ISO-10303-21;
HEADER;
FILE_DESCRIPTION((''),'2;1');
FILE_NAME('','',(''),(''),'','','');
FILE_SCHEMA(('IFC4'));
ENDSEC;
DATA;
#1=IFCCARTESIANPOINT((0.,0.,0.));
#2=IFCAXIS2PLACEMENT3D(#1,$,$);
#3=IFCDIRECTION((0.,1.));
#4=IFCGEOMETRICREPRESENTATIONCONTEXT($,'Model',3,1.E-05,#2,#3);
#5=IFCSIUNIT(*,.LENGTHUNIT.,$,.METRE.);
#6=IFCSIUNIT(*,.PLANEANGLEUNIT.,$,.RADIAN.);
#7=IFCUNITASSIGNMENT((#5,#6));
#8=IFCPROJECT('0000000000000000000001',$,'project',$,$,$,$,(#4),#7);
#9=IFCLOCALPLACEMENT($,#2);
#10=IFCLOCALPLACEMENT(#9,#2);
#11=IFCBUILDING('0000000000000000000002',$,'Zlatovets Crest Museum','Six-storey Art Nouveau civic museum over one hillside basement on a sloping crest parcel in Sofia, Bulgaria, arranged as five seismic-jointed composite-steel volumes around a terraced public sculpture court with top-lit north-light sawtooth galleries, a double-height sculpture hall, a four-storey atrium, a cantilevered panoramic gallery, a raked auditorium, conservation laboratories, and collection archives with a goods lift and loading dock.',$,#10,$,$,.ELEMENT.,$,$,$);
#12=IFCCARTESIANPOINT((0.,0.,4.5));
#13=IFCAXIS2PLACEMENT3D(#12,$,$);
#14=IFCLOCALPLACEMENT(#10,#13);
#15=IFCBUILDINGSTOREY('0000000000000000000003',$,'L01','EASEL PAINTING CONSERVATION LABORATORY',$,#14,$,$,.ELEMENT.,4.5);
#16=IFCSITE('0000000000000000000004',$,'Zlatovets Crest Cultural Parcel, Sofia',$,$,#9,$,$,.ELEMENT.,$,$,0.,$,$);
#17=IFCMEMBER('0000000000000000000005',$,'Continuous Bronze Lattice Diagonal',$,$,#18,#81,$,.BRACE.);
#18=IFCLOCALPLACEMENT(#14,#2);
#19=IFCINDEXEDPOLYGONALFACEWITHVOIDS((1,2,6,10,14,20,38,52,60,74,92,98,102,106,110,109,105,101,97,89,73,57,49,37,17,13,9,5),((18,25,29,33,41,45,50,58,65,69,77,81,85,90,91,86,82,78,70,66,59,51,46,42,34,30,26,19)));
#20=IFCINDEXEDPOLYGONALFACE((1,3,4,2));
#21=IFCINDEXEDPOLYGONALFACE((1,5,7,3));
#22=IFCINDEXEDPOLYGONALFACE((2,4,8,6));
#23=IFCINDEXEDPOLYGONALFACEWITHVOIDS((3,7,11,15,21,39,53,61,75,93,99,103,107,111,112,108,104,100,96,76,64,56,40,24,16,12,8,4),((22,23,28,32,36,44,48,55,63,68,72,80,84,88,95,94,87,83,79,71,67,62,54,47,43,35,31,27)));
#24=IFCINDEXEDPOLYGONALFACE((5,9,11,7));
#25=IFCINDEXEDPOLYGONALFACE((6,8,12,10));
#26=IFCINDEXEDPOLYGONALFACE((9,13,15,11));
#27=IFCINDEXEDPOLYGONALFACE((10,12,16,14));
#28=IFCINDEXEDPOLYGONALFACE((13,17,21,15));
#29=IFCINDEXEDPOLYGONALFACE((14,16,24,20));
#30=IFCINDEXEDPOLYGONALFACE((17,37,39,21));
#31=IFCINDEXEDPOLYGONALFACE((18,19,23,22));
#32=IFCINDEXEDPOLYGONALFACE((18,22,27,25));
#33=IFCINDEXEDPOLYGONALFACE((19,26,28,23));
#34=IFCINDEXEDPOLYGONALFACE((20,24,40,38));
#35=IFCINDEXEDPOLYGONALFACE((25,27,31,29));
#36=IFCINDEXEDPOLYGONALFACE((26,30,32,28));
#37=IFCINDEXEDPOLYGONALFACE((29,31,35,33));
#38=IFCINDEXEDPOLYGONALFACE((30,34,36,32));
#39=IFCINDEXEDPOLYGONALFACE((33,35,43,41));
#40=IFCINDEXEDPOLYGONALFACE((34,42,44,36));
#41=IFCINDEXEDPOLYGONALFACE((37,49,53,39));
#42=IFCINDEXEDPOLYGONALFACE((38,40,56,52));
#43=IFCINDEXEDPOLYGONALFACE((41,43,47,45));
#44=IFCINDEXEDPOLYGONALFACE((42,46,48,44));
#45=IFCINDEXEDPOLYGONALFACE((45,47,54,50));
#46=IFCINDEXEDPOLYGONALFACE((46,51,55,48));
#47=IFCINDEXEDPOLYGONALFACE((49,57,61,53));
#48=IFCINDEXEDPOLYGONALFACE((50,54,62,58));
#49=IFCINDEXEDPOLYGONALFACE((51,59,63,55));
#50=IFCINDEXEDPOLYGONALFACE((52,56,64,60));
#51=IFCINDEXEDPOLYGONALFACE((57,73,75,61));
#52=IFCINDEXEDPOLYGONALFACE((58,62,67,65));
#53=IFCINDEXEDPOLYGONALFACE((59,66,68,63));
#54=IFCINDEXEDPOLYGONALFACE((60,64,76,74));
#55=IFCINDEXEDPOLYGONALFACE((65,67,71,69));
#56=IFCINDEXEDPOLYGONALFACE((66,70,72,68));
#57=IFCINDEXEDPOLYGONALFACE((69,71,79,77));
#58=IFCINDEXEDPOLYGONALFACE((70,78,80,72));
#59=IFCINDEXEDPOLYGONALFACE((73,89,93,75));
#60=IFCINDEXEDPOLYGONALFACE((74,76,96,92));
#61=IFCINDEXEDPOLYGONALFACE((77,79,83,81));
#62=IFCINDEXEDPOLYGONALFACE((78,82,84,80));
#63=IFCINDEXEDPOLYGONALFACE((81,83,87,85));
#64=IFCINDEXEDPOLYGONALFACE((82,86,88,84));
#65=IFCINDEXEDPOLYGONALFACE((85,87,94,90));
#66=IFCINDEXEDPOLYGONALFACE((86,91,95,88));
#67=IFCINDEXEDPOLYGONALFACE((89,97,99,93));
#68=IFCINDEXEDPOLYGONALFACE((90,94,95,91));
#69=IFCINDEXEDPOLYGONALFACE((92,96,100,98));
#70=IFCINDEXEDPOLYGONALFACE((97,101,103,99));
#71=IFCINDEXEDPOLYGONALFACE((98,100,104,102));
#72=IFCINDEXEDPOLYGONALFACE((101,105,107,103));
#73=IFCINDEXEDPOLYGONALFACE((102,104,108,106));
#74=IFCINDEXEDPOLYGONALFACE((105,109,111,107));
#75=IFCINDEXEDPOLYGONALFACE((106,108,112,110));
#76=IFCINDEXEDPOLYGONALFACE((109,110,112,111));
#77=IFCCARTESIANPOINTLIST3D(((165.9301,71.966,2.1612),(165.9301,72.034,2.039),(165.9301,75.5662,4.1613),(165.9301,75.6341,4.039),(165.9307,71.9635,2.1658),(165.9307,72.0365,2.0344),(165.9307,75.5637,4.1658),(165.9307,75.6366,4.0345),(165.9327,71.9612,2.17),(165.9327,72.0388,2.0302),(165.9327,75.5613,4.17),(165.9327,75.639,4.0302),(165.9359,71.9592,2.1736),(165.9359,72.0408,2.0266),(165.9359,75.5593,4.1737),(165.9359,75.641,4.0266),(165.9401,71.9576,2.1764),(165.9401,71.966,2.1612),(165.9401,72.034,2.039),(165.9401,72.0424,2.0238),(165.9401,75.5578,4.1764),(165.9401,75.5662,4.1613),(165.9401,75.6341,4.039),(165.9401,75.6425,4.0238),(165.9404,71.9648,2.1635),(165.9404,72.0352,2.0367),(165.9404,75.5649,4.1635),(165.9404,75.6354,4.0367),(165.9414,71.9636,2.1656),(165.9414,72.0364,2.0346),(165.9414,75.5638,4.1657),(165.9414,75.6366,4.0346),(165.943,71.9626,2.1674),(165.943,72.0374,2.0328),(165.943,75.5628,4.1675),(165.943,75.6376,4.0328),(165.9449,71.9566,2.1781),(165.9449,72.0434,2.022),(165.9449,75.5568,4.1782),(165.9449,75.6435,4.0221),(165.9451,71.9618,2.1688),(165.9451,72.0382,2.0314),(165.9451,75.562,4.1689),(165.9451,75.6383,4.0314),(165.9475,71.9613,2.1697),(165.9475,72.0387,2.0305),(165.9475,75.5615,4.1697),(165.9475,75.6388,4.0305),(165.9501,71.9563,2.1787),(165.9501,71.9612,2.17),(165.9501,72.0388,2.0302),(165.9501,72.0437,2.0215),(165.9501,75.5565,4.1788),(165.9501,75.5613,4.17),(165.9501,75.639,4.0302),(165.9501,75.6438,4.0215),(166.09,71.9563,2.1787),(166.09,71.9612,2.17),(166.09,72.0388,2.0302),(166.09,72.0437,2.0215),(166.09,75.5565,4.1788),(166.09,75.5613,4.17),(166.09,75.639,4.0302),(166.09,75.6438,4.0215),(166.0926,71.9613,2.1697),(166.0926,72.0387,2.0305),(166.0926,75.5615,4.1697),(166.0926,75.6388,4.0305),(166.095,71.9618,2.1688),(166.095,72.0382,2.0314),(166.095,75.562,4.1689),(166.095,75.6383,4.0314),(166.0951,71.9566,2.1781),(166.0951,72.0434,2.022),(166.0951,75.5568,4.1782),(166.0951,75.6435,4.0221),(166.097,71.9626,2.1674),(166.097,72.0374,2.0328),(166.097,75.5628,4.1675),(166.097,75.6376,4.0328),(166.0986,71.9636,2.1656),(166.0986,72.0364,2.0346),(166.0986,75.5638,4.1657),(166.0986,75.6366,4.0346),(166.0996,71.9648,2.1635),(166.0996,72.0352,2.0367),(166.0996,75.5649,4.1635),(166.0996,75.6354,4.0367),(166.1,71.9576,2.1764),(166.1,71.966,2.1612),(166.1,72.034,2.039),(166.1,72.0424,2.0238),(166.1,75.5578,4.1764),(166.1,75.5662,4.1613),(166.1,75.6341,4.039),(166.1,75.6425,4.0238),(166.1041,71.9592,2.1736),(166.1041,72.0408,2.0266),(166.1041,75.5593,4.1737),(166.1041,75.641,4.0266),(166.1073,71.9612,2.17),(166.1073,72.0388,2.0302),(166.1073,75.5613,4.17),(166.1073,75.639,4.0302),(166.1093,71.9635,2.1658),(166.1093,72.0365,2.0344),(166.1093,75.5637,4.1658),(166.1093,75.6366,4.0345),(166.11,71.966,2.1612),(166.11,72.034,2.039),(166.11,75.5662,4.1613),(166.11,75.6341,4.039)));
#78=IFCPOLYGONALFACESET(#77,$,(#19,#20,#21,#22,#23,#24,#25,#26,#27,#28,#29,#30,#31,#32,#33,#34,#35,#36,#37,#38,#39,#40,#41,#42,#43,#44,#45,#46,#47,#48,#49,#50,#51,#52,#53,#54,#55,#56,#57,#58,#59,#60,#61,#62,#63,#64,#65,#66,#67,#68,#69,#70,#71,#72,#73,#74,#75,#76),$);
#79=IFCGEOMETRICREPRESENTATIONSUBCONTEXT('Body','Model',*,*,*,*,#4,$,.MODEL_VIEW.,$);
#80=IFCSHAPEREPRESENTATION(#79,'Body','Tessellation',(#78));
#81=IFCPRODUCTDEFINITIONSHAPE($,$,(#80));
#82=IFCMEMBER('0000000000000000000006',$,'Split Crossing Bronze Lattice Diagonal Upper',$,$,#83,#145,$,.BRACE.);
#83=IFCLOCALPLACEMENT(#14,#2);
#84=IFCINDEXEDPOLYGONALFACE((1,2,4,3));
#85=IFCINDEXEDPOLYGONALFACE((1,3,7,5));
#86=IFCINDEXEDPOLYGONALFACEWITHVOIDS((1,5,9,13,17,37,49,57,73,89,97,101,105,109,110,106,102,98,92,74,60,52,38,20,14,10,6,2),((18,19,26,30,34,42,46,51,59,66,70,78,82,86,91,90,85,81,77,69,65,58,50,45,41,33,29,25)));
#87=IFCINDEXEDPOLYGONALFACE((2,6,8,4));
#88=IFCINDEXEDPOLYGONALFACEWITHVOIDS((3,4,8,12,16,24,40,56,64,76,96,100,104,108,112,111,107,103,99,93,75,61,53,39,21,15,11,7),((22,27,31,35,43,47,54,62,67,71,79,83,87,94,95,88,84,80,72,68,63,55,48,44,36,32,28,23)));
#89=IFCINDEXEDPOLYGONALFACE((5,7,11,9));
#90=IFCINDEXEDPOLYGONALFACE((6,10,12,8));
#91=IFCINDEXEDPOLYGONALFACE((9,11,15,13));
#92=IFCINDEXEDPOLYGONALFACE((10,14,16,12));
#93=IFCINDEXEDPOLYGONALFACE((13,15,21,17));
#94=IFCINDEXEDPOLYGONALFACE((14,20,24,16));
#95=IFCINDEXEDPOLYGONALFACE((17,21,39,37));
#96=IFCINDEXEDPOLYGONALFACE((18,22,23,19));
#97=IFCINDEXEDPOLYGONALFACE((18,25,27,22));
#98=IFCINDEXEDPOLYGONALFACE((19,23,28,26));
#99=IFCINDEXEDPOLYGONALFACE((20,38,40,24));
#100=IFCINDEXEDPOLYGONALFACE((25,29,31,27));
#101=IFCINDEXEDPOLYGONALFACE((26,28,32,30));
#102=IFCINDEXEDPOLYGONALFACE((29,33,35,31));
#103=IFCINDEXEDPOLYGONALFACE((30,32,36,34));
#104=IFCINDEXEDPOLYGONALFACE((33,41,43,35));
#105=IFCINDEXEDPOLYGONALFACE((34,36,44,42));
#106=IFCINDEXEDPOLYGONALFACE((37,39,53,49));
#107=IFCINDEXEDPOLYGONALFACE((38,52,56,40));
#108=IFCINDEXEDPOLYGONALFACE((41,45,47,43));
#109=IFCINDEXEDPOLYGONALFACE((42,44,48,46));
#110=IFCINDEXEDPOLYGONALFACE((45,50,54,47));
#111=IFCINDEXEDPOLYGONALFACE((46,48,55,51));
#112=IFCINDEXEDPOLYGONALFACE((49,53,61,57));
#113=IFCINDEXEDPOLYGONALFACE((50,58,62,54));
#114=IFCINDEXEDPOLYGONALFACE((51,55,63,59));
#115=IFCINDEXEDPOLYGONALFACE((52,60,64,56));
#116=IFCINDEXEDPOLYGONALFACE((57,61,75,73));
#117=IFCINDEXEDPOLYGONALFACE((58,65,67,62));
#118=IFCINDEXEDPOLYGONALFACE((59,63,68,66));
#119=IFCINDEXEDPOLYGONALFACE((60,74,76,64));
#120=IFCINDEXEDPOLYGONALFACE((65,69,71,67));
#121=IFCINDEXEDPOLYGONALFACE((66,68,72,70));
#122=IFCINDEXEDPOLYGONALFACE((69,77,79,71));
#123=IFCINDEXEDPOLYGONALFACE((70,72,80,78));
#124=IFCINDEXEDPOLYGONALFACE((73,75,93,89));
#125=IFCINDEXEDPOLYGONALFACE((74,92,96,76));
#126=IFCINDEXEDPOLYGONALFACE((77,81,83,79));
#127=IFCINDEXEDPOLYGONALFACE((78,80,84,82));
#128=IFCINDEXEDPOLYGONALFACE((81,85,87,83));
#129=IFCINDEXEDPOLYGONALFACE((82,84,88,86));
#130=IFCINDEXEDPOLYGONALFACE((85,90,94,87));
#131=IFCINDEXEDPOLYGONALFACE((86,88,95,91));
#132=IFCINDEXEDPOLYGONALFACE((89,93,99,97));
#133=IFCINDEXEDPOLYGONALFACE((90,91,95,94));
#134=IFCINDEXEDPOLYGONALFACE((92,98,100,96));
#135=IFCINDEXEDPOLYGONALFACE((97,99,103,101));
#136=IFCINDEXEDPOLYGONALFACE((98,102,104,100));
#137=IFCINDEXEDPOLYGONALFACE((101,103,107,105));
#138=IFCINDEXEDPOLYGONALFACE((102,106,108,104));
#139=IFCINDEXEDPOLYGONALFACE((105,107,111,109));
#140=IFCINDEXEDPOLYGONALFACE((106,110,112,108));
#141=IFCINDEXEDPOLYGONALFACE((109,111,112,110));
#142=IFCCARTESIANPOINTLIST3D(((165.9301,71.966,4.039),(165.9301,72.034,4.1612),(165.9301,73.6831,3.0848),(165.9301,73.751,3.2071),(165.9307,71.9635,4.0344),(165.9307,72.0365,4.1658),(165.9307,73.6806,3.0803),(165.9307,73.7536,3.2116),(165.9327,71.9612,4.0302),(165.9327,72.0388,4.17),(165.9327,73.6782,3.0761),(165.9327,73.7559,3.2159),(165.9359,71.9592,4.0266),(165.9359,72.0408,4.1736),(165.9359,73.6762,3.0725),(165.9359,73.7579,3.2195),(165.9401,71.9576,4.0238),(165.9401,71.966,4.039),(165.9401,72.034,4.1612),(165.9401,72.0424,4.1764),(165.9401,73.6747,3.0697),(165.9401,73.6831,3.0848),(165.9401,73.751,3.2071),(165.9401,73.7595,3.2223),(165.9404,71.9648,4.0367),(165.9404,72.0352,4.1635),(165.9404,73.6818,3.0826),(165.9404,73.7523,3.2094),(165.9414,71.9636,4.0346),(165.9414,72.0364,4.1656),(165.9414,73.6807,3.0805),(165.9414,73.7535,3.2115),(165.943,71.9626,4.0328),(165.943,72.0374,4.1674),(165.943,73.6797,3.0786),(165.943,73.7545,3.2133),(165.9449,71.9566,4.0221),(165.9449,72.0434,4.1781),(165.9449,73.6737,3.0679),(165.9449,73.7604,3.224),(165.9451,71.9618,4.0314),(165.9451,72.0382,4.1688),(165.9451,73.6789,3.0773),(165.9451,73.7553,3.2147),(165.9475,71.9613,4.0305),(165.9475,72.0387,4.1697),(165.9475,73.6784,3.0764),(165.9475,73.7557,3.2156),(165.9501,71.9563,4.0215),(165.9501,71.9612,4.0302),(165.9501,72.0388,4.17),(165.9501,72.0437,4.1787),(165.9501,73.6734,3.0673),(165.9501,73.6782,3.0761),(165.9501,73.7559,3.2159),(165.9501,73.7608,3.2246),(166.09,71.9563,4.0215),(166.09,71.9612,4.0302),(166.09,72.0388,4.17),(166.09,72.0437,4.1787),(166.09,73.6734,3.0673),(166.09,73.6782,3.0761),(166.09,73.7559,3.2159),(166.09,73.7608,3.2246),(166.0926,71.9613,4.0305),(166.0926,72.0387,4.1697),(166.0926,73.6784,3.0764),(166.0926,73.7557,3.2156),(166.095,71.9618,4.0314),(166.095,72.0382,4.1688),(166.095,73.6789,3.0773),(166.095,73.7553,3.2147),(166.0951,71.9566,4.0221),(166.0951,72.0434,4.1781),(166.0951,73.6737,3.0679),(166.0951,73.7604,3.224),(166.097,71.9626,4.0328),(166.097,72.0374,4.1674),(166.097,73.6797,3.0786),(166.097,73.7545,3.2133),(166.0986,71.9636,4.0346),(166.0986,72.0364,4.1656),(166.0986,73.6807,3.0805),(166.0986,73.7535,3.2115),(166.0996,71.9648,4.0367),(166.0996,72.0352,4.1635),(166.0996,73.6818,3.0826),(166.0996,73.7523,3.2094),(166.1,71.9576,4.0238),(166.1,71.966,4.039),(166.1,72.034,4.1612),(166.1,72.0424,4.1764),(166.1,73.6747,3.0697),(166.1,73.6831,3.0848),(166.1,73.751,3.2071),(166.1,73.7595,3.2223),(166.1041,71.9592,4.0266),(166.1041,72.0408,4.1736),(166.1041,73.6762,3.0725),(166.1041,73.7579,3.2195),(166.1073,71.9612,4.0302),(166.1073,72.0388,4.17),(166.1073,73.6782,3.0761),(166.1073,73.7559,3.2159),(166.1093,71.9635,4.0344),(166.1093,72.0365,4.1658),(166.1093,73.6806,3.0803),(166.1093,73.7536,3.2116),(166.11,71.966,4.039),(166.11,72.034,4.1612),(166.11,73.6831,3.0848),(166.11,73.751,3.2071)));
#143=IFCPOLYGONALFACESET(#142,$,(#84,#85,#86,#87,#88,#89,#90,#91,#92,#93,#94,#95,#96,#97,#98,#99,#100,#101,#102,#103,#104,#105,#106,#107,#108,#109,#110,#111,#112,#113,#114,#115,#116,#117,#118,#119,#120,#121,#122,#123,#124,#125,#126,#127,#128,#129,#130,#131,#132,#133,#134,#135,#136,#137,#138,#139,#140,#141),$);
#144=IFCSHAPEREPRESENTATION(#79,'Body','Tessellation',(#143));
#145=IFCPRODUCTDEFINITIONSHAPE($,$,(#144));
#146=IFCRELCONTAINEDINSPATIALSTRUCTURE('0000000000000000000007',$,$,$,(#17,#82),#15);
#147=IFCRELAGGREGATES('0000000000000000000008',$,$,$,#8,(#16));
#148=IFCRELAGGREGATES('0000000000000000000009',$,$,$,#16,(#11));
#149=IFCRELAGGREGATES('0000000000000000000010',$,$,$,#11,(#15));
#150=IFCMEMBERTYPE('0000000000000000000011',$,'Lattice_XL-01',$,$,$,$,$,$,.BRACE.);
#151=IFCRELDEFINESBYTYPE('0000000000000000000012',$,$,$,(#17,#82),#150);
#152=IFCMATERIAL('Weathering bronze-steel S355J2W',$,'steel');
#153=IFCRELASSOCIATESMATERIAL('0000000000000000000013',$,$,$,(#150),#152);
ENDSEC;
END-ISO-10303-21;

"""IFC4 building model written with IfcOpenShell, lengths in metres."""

from ifc_helpers import new_model, si_unit, direction, frame, origin, origin_2d, place, context, subcontext, project, spatial, hollow_rectangle, extrude, material, material_profile, profile_set, type_object, element, save


model = new_model("IFC4")

# Units and contexts
model_context = context("Model", 3, precision=1e-05, world=origin(), true_north=direction((0.0, 1.0)))
body_context = subcontext(model_context, "Body", "Model", "MODEL_VIEW")
ifc_project = project(units=[si_unit("LENGTHUNIT", "METRE"), si_unit("PLANEANGLEUNIT", "RADIAN")], contexts=[model_context])

# Site, building, storey
site_placement = place(None, origin())
site = spatial("IfcSite", under=ifc_project, at=site_placement, Name="Zlatovets Crest Cultural Parcel, Sofia", CompositionType="ELEMENT", RefElevation=0.0)
building_placement = place(site_placement, origin())
building = spatial("IfcBuilding", under=site, at=building_placement, Name="Zlatovets Crest Museum", Description="Six-storey Art Nouveau civic museum over one hillside basement on a sloping crest parcel in Sofia, Bulgaria, arranged as five seismic-jointed composite-steel volumes around a terraced public sculpture court with top-lit north-light sawtooth galleries, a double-height sculpture hall, a four-storey atrium, a cantilevered panoramic gallery, a raked auditorium, conservation laboratories, and collection archives with a goods lift and loading dock.", CompositionType="ELEMENT")
storey_placement = place(building_placement, frame((0.0, 0.0, 4.5)))
storey = spatial("IfcBuildingStorey", under=building, at=storey_placement, Name="L01", Description="EASEL PAINTING CONSERVATION LABORATORY", CompositionType="ELEMENT", Elevation=4.5)

# Members
ifc_material_1 = material(Name="Weathering bronze-steel S355J2W", Category="steel")
ifc_material_profile_1 = material_profile(ifc_material_1, hollow_rectangle(XDim=0.1799, YDim=0.1799, WallThickness=0.01, InnerFilletRadius=0.01, OuterFilletRadius=0.02, at=origin_2d()), Name="SHS 180x180x10.0")
ifc_profile_set_1 = profile_set([ifc_material_profile_1], Name="Weathering bronze-steel S355J2W")
member_type_1 = type_object("IfcMemberType", Name="Lattice_XL-01", PredefinedType="BRACE", material=ifc_profile_set_1)
member_1_placement = place(storey_placement, frame((166.02, 72.0, 2.1001), z_axis=(0.0, 0.874163, 0.485633), x_axis=(-1.0, 0.0, 0.0)))
element("IfcMember", 1, at=member_1_placement, inside=storey, type_object=member_type_1, Name="Continuous Bronze Lattice Diagonal", PredefinedType="BRACE", context=body_context, shape_type="SweptSolid", body=[
    extrude(hollow_rectangle(XDim=0.1799, YDim=0.1799, WallThickness=0.01, InnerFilletRadius=0.01, OuterFilletRadius=0.02, at=origin_2d()), origin(), (0.0, 0.0, 1.0), 4.1184),
])
member_2_placement = place(storey_placement, frame((166.02, 72.0, 4.1001), z_axis=(0.0, 0.874116, -0.485717), x_axis=(-1.0, 0.0, 0.0)))
element("IfcMember", 2, at=member_2_placement, inside=storey, type_object=member_type_1, Name="Split Crossing Bronze Lattice Diagonal Upper", PredefinedType="BRACE", context=body_context, shape_type="SweptSolid", body=[
    extrude(hollow_rectangle(XDim=0.1799, YDim=0.1799, WallThickness=0.01, InnerFilletRadius=0.01, OuterFilletRadius=0.02, at=origin_2d()), origin(), (0.0, 0.0, 1.0), 1.9644),
])

save(model, "model.ifc")
